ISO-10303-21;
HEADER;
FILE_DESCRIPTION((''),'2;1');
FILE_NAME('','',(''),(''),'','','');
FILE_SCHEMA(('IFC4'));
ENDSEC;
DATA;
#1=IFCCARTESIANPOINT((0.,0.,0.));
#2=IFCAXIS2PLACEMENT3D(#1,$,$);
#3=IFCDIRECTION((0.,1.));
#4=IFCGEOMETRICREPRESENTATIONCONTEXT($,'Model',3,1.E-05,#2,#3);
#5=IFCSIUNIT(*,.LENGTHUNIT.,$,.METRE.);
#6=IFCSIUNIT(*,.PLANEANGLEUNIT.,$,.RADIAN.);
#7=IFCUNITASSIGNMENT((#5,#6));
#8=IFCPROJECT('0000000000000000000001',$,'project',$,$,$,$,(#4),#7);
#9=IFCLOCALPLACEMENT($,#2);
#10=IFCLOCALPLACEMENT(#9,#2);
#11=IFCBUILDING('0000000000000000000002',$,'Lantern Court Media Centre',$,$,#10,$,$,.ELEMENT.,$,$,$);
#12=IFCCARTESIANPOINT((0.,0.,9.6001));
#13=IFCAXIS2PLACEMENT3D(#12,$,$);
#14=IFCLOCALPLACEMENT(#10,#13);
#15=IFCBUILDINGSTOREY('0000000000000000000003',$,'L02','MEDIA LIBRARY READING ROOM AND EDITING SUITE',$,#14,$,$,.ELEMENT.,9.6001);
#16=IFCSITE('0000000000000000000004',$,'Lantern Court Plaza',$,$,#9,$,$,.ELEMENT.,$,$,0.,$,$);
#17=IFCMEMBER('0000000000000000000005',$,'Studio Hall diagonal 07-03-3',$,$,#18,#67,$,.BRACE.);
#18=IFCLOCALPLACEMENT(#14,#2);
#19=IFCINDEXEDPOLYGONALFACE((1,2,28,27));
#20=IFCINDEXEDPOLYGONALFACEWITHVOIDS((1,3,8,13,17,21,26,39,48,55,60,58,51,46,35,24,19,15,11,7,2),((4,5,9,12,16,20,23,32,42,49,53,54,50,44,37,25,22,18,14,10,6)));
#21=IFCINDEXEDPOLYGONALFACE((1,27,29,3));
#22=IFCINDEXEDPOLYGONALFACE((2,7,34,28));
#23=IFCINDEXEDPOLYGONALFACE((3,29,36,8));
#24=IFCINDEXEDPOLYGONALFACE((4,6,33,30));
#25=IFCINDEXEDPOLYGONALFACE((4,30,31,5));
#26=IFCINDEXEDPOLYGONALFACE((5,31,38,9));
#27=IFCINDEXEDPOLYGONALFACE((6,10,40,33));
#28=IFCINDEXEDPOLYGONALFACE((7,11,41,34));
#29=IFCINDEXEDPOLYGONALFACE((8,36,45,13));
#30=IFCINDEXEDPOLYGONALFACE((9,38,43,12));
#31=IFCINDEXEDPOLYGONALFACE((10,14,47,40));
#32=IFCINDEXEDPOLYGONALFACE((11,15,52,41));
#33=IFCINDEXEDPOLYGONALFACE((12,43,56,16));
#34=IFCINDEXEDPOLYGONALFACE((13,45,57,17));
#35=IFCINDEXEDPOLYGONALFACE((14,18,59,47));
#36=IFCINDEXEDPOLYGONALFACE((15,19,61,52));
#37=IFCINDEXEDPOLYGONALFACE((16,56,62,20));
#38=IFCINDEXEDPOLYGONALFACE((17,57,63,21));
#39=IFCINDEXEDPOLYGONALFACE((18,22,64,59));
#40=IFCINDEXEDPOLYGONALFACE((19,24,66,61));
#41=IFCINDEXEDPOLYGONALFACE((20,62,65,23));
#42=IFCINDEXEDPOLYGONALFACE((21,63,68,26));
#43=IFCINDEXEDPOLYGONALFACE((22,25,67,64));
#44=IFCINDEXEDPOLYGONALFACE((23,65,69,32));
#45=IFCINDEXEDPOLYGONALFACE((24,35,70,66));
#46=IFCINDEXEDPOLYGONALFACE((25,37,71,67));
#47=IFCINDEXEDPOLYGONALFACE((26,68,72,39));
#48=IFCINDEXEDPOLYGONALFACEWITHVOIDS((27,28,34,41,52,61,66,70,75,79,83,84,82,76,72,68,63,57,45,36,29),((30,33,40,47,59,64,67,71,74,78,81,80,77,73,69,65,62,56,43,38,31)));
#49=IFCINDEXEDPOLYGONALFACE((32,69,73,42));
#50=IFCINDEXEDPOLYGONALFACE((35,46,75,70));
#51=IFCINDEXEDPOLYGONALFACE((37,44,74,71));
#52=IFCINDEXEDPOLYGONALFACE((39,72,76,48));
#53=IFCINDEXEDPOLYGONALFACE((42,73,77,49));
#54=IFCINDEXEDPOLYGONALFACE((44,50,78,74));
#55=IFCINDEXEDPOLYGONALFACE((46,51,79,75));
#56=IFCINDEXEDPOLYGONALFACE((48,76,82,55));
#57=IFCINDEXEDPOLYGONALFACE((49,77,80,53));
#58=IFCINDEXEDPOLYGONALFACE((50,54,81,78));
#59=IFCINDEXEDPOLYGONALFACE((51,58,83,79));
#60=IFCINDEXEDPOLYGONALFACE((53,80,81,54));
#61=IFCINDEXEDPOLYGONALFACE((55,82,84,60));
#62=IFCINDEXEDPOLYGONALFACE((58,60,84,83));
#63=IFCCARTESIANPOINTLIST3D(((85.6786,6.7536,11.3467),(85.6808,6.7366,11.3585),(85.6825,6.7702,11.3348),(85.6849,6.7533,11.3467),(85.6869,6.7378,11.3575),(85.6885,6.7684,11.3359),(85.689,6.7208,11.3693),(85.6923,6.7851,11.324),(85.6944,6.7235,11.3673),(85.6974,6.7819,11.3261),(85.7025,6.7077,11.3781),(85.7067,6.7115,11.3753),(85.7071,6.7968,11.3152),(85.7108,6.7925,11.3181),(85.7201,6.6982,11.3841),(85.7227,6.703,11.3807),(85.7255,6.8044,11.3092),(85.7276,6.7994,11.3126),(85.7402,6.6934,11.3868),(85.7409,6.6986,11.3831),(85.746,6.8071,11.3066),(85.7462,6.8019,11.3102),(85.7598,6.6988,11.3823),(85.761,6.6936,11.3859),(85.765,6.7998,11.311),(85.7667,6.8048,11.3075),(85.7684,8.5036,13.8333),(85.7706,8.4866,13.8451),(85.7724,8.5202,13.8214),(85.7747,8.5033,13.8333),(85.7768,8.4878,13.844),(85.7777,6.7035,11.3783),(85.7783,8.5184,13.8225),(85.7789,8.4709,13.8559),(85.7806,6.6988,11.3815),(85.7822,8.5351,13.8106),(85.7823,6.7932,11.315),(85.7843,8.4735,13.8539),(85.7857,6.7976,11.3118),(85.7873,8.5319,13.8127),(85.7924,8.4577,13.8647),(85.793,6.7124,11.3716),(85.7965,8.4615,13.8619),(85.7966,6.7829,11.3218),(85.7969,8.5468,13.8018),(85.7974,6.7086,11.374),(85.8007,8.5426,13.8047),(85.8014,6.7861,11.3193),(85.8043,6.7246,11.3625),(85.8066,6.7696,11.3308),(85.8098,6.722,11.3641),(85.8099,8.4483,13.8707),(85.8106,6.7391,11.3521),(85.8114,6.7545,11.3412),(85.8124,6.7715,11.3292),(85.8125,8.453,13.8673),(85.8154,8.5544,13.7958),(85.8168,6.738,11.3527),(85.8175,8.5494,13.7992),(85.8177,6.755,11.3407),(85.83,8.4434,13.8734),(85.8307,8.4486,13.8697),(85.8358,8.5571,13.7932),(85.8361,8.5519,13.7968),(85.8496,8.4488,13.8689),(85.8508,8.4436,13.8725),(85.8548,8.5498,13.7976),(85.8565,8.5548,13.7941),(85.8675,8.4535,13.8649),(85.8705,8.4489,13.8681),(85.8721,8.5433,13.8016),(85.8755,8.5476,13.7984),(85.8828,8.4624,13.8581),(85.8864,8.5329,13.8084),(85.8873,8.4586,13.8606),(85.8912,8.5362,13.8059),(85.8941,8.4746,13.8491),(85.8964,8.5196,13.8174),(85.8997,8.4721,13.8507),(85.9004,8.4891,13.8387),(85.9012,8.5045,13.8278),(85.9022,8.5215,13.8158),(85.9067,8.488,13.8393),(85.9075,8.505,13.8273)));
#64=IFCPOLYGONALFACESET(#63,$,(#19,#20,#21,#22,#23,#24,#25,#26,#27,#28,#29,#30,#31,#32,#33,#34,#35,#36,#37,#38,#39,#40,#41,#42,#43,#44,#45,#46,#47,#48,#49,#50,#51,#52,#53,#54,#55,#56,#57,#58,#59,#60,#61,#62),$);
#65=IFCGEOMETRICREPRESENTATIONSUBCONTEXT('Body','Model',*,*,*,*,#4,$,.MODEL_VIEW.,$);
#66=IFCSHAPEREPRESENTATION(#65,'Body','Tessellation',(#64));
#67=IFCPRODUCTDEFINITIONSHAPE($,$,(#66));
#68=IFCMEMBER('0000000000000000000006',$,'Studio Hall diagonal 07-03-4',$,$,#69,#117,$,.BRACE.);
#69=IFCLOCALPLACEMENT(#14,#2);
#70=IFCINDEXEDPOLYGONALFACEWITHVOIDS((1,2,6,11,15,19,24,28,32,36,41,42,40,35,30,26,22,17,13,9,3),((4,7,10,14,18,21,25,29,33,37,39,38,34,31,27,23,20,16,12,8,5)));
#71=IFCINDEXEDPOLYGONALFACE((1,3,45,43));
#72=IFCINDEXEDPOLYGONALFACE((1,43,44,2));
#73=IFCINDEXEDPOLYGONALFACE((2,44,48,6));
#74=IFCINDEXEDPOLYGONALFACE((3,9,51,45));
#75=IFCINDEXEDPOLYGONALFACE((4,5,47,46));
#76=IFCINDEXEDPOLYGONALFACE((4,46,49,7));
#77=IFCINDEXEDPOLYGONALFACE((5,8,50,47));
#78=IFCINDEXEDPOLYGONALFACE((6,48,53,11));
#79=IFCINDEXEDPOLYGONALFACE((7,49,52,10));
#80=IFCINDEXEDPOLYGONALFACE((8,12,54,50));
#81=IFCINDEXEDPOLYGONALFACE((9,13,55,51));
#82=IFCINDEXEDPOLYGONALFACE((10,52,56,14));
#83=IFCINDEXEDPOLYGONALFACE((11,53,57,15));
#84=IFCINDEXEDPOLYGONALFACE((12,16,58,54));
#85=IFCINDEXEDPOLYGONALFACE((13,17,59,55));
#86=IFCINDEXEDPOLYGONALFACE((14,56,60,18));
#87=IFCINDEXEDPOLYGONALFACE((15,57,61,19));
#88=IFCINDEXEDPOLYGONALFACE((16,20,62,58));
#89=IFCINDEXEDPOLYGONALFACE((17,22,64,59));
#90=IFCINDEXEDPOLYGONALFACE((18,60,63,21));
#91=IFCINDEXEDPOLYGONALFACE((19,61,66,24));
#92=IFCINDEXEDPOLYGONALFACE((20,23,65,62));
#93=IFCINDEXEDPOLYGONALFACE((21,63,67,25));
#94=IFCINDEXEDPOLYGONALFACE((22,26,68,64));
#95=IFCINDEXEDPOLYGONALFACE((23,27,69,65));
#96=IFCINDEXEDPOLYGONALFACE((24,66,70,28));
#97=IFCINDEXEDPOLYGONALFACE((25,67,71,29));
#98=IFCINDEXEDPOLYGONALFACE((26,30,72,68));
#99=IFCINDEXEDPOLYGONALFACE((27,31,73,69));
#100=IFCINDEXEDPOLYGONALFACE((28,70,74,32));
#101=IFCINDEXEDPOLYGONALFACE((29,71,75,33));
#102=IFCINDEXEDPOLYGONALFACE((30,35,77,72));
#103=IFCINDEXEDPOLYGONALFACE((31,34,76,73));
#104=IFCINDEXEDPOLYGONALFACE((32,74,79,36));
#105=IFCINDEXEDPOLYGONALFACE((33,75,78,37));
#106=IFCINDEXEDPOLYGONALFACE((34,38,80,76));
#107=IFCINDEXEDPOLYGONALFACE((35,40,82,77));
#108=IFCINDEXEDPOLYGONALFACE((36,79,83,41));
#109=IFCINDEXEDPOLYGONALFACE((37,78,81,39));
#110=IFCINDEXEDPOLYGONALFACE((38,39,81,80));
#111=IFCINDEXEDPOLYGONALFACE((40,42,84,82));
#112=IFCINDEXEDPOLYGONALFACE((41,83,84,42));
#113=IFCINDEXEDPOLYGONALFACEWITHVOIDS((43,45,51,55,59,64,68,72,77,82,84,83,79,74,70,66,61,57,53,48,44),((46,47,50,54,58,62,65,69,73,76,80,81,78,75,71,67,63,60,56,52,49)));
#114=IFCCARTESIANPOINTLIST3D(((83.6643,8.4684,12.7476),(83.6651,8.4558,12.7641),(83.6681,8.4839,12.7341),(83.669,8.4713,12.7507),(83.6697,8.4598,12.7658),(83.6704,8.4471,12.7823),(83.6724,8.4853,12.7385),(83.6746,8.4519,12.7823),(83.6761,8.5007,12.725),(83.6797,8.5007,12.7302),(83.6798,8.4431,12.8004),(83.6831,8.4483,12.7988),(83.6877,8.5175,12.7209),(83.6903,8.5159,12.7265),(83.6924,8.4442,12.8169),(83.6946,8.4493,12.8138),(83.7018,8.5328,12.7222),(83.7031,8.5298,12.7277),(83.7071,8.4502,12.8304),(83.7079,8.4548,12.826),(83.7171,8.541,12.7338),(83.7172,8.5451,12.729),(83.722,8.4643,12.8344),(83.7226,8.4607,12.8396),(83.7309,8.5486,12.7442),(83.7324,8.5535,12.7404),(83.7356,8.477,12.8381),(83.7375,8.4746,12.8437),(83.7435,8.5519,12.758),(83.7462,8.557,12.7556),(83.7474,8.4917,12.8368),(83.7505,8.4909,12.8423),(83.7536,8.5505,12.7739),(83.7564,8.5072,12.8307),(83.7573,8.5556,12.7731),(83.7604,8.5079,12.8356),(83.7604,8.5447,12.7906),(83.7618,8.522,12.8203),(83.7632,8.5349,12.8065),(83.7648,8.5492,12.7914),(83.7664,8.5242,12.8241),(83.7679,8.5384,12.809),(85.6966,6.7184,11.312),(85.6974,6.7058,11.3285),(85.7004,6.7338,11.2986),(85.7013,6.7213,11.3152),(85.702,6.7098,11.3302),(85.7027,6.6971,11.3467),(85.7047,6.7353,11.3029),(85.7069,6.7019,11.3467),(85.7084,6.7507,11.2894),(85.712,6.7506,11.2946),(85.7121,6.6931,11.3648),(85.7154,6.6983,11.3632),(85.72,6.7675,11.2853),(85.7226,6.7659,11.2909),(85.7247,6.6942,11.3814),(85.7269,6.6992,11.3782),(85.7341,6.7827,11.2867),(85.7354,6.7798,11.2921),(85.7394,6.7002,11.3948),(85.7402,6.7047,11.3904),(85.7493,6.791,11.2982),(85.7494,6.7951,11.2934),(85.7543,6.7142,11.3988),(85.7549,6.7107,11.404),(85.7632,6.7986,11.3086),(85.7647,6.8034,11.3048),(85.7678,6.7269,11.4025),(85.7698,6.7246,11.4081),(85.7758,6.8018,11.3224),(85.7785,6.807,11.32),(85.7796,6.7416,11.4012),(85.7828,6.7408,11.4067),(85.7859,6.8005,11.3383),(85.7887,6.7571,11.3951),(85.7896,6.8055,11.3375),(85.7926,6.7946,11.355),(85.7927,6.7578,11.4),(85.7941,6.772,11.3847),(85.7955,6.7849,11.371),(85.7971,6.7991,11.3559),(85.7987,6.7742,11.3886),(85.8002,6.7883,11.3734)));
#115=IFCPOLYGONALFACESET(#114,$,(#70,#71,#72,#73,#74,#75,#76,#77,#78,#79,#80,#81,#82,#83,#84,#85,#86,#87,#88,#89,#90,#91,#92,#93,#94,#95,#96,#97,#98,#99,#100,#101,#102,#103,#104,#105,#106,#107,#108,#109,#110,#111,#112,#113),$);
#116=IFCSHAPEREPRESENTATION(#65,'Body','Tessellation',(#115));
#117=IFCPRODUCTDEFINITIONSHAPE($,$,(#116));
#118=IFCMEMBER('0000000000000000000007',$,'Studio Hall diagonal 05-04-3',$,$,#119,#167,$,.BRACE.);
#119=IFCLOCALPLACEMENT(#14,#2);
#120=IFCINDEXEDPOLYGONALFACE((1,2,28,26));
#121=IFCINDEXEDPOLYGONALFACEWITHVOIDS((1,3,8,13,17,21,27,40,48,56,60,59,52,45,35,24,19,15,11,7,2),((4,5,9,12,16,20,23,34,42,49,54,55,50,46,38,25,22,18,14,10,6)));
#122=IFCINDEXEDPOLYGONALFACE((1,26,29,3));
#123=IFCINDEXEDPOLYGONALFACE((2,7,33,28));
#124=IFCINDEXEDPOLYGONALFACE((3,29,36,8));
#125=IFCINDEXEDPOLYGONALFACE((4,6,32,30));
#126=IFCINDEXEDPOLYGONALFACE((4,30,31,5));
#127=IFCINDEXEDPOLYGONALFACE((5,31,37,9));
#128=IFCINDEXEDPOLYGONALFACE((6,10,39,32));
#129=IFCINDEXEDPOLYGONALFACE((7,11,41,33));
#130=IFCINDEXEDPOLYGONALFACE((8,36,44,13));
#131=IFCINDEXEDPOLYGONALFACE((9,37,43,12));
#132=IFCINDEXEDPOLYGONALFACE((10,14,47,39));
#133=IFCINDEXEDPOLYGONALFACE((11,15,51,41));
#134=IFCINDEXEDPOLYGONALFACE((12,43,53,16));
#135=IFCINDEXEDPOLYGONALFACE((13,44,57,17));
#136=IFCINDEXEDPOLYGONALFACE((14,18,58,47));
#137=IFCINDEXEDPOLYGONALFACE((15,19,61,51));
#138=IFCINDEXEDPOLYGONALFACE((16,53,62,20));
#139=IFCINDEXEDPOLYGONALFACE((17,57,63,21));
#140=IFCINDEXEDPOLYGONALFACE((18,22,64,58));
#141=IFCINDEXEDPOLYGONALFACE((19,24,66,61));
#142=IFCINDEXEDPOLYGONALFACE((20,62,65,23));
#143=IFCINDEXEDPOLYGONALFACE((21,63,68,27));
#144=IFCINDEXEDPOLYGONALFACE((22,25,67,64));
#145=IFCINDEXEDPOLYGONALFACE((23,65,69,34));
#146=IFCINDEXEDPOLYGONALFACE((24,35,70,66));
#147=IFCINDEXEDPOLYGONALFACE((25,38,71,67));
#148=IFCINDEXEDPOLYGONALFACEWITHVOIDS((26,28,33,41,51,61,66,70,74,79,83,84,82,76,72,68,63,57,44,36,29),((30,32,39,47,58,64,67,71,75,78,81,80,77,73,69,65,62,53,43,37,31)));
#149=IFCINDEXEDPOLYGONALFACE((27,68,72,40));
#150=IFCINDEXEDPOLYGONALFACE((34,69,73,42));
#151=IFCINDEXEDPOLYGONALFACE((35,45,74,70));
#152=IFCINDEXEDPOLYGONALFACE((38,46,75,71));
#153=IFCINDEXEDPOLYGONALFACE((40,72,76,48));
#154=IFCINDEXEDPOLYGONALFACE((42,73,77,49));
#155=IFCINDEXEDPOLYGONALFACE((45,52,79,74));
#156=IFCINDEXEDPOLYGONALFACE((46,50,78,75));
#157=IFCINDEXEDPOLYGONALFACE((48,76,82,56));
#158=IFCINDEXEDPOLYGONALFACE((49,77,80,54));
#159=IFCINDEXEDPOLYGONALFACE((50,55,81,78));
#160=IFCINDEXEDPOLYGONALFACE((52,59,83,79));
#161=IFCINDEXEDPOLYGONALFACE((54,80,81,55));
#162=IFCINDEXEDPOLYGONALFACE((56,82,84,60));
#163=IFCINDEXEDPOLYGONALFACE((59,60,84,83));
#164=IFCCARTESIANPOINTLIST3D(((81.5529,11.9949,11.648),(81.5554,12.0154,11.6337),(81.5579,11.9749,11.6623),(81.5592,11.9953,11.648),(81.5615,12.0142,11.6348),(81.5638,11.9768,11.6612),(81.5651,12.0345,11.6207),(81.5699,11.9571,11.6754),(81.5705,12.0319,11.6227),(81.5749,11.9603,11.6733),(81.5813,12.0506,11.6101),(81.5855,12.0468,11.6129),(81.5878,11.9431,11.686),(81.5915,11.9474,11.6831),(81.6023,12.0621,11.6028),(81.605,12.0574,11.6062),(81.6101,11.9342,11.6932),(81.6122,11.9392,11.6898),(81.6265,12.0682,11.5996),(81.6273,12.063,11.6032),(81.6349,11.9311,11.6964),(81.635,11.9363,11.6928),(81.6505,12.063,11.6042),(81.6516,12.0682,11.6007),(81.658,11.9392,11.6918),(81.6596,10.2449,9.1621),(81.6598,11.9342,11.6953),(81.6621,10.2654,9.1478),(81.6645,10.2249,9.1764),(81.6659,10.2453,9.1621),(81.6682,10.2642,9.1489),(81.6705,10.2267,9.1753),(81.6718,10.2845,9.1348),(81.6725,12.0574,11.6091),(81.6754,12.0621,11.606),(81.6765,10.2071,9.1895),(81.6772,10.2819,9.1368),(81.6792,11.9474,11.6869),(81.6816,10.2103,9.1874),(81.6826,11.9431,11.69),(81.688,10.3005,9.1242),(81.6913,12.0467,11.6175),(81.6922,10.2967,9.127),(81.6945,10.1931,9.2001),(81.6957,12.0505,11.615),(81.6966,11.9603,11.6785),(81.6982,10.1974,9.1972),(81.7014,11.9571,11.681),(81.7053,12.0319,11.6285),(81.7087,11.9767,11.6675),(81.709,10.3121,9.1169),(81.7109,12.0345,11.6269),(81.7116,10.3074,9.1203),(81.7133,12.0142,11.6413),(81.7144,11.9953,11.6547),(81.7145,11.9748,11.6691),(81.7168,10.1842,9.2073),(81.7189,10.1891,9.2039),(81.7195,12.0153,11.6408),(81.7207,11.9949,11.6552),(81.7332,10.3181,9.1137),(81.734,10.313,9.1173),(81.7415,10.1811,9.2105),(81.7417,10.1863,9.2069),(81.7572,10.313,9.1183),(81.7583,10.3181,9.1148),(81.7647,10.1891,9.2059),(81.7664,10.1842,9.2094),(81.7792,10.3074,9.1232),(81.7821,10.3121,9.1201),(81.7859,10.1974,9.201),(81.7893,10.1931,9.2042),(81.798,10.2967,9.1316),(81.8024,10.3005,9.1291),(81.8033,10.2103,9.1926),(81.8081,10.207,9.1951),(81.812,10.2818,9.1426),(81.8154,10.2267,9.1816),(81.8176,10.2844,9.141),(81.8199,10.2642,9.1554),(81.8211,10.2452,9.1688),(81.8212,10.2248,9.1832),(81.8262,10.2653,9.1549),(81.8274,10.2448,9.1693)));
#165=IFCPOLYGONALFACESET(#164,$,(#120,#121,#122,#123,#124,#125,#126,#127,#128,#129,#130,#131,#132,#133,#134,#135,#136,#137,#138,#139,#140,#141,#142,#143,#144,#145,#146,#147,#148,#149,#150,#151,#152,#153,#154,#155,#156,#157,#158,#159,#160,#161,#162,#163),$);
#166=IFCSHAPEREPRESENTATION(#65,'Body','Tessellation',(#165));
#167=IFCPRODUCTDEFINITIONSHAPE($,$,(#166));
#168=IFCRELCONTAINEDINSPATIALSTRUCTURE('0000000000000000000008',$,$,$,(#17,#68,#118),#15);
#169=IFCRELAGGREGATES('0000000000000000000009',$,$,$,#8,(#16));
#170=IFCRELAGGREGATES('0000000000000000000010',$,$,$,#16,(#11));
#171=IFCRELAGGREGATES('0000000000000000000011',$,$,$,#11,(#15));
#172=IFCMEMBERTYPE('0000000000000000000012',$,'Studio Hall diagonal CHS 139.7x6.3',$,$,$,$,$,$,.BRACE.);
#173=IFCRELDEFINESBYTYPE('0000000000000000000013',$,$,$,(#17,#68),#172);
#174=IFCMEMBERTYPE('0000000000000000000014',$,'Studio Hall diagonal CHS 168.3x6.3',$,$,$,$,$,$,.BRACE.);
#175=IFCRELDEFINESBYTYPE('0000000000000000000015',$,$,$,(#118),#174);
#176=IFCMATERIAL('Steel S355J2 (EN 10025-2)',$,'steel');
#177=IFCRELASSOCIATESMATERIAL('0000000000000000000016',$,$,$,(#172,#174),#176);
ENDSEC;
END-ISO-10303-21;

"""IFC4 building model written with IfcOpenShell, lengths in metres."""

from ifc_helpers import new_model, si_unit, direction, frame, origin, origin_2d, place, context, subcontext, project, spatial, hollow_circle, extrude, material, material_profile, profile_set, type_object, element, save


model = new_model("IFC4")

# Units and contexts
model_context = context("Model", 3, precision=1e-05, world=origin(), true_north=direction((0.0, 1.0)))
body_context = subcontext(model_context, "Body", "Model", "MODEL_VIEW")
ifc_project = project(units=[si_unit("LENGTHUNIT", "METRE"), si_unit("PLANEANGLEUNIT", "RADIAN")], contexts=[model_context])

# Site, building, storey
site_placement = place(None, origin())
site = spatial("IfcSite", under=ifc_project, at=site_placement, Name="Lantern Court Plaza", CompositionType="ELEMENT", RefElevation=0.0)
building_placement = place(site_placement, origin())
building = spatial("IfcBuilding", under=site, at=building_placement, Name="Lantern Court Media Centre", CompositionType="ELEMENT")
storey_placement = place(building_placement, frame((0.0, 0.0, 9.6001)))
storey = spatial("IfcBuildingStorey", under=building, at=storey_placement, Name="L02", Description="MEDIA LIBRARY READING ROOM AND EDITING SUITE", CompositionType="ELEMENT", Elevation=9.6001)

# Members
ifc_material = material(Name="Steel S355J2 (EN 10025-2)", Category="steel")
ifc_material_profile_1 = material_profile(ifc_material, hollow_circle(Radius=0.0698, WallThickness=0.0063, at=origin_2d()), Name="Studio Hall diagonal CHS 139.7x6.3")
ifc_profile_set_1 = profile_set([ifc_material_profile_1], Name="Steel S355J2 (EN 10025-2)")
member_type_1 = type_object("IfcMemberType", Name="Studio Hall diagonal CHS 139.7x6.3", PredefinedType="BRACE", material=ifc_profile_set_1)
for number, where, z_axis, x_axis, name in (
    (1, (85.7483, 6.75, 11.3467), (0.029535, 0.575284, 0.81742), (-0.998685, 0.051272, 0.0), "Studio Hall diagonal 07-03-3"),
    (2, (85.7483, 6.75, 11.3467), (-0.668075, 0.575296, 0.471922), (-0.652529, -0.757764, 0.0), "Studio Hall diagonal 07-03-4"),
):
    element("IfcMember", number, at=place(storey_placement, frame(where, z_axis=z_axis, x_axis=x_axis)), inside=storey, type_object=member_type_1, Name=name, PredefinedType="BRACE", context=body_context, shape_type="SweptSolid", body=[
        extrude(hollow_circle(Radius=0.0698, WallThickness=0.0063, at=origin_2d()), origin(), (0.0, 0.0, 1.0), 3.042),
    ])
ifc_material_profile_2 = material_profile(ifc_material, hollow_circle(Radius=0.0842, WallThickness=0.0063, at=origin_2d()), Name="Studio Hall diagonal CHS 168.3x6.3")
ifc_profile_set_2 = profile_set([ifc_material_profile_2], Name="Steel S355J2 (EN 10025-2)")
member_type_2 = type_object("IfcMemberType", Name="Studio Hall diagonal CHS 168.3x6.3", PredefinedType="BRACE", material=ifc_profile_set_2)
member_1_placement = place(storey_placement, frame((81.7437, 10.25, 9.1621), z_axis=(-0.035073, 0.575294, 0.817194), x_axis=(-0.998147, -0.060852, 0.0)))
element("IfcMember", 3, at=member_1_placement, inside=storey, type_object=member_type_2, Name="Studio Hall diagonal 05-04-3", PredefinedType="BRACE", context=body_context, shape_type="SweptSolid", body=[
    extrude(hollow_circle(Radius=0.0842, WallThickness=0.0063, at=origin_2d()), origin(), (0.0, 0.0, 1.0), 3.042),
])

save(model, "model.ifc")
